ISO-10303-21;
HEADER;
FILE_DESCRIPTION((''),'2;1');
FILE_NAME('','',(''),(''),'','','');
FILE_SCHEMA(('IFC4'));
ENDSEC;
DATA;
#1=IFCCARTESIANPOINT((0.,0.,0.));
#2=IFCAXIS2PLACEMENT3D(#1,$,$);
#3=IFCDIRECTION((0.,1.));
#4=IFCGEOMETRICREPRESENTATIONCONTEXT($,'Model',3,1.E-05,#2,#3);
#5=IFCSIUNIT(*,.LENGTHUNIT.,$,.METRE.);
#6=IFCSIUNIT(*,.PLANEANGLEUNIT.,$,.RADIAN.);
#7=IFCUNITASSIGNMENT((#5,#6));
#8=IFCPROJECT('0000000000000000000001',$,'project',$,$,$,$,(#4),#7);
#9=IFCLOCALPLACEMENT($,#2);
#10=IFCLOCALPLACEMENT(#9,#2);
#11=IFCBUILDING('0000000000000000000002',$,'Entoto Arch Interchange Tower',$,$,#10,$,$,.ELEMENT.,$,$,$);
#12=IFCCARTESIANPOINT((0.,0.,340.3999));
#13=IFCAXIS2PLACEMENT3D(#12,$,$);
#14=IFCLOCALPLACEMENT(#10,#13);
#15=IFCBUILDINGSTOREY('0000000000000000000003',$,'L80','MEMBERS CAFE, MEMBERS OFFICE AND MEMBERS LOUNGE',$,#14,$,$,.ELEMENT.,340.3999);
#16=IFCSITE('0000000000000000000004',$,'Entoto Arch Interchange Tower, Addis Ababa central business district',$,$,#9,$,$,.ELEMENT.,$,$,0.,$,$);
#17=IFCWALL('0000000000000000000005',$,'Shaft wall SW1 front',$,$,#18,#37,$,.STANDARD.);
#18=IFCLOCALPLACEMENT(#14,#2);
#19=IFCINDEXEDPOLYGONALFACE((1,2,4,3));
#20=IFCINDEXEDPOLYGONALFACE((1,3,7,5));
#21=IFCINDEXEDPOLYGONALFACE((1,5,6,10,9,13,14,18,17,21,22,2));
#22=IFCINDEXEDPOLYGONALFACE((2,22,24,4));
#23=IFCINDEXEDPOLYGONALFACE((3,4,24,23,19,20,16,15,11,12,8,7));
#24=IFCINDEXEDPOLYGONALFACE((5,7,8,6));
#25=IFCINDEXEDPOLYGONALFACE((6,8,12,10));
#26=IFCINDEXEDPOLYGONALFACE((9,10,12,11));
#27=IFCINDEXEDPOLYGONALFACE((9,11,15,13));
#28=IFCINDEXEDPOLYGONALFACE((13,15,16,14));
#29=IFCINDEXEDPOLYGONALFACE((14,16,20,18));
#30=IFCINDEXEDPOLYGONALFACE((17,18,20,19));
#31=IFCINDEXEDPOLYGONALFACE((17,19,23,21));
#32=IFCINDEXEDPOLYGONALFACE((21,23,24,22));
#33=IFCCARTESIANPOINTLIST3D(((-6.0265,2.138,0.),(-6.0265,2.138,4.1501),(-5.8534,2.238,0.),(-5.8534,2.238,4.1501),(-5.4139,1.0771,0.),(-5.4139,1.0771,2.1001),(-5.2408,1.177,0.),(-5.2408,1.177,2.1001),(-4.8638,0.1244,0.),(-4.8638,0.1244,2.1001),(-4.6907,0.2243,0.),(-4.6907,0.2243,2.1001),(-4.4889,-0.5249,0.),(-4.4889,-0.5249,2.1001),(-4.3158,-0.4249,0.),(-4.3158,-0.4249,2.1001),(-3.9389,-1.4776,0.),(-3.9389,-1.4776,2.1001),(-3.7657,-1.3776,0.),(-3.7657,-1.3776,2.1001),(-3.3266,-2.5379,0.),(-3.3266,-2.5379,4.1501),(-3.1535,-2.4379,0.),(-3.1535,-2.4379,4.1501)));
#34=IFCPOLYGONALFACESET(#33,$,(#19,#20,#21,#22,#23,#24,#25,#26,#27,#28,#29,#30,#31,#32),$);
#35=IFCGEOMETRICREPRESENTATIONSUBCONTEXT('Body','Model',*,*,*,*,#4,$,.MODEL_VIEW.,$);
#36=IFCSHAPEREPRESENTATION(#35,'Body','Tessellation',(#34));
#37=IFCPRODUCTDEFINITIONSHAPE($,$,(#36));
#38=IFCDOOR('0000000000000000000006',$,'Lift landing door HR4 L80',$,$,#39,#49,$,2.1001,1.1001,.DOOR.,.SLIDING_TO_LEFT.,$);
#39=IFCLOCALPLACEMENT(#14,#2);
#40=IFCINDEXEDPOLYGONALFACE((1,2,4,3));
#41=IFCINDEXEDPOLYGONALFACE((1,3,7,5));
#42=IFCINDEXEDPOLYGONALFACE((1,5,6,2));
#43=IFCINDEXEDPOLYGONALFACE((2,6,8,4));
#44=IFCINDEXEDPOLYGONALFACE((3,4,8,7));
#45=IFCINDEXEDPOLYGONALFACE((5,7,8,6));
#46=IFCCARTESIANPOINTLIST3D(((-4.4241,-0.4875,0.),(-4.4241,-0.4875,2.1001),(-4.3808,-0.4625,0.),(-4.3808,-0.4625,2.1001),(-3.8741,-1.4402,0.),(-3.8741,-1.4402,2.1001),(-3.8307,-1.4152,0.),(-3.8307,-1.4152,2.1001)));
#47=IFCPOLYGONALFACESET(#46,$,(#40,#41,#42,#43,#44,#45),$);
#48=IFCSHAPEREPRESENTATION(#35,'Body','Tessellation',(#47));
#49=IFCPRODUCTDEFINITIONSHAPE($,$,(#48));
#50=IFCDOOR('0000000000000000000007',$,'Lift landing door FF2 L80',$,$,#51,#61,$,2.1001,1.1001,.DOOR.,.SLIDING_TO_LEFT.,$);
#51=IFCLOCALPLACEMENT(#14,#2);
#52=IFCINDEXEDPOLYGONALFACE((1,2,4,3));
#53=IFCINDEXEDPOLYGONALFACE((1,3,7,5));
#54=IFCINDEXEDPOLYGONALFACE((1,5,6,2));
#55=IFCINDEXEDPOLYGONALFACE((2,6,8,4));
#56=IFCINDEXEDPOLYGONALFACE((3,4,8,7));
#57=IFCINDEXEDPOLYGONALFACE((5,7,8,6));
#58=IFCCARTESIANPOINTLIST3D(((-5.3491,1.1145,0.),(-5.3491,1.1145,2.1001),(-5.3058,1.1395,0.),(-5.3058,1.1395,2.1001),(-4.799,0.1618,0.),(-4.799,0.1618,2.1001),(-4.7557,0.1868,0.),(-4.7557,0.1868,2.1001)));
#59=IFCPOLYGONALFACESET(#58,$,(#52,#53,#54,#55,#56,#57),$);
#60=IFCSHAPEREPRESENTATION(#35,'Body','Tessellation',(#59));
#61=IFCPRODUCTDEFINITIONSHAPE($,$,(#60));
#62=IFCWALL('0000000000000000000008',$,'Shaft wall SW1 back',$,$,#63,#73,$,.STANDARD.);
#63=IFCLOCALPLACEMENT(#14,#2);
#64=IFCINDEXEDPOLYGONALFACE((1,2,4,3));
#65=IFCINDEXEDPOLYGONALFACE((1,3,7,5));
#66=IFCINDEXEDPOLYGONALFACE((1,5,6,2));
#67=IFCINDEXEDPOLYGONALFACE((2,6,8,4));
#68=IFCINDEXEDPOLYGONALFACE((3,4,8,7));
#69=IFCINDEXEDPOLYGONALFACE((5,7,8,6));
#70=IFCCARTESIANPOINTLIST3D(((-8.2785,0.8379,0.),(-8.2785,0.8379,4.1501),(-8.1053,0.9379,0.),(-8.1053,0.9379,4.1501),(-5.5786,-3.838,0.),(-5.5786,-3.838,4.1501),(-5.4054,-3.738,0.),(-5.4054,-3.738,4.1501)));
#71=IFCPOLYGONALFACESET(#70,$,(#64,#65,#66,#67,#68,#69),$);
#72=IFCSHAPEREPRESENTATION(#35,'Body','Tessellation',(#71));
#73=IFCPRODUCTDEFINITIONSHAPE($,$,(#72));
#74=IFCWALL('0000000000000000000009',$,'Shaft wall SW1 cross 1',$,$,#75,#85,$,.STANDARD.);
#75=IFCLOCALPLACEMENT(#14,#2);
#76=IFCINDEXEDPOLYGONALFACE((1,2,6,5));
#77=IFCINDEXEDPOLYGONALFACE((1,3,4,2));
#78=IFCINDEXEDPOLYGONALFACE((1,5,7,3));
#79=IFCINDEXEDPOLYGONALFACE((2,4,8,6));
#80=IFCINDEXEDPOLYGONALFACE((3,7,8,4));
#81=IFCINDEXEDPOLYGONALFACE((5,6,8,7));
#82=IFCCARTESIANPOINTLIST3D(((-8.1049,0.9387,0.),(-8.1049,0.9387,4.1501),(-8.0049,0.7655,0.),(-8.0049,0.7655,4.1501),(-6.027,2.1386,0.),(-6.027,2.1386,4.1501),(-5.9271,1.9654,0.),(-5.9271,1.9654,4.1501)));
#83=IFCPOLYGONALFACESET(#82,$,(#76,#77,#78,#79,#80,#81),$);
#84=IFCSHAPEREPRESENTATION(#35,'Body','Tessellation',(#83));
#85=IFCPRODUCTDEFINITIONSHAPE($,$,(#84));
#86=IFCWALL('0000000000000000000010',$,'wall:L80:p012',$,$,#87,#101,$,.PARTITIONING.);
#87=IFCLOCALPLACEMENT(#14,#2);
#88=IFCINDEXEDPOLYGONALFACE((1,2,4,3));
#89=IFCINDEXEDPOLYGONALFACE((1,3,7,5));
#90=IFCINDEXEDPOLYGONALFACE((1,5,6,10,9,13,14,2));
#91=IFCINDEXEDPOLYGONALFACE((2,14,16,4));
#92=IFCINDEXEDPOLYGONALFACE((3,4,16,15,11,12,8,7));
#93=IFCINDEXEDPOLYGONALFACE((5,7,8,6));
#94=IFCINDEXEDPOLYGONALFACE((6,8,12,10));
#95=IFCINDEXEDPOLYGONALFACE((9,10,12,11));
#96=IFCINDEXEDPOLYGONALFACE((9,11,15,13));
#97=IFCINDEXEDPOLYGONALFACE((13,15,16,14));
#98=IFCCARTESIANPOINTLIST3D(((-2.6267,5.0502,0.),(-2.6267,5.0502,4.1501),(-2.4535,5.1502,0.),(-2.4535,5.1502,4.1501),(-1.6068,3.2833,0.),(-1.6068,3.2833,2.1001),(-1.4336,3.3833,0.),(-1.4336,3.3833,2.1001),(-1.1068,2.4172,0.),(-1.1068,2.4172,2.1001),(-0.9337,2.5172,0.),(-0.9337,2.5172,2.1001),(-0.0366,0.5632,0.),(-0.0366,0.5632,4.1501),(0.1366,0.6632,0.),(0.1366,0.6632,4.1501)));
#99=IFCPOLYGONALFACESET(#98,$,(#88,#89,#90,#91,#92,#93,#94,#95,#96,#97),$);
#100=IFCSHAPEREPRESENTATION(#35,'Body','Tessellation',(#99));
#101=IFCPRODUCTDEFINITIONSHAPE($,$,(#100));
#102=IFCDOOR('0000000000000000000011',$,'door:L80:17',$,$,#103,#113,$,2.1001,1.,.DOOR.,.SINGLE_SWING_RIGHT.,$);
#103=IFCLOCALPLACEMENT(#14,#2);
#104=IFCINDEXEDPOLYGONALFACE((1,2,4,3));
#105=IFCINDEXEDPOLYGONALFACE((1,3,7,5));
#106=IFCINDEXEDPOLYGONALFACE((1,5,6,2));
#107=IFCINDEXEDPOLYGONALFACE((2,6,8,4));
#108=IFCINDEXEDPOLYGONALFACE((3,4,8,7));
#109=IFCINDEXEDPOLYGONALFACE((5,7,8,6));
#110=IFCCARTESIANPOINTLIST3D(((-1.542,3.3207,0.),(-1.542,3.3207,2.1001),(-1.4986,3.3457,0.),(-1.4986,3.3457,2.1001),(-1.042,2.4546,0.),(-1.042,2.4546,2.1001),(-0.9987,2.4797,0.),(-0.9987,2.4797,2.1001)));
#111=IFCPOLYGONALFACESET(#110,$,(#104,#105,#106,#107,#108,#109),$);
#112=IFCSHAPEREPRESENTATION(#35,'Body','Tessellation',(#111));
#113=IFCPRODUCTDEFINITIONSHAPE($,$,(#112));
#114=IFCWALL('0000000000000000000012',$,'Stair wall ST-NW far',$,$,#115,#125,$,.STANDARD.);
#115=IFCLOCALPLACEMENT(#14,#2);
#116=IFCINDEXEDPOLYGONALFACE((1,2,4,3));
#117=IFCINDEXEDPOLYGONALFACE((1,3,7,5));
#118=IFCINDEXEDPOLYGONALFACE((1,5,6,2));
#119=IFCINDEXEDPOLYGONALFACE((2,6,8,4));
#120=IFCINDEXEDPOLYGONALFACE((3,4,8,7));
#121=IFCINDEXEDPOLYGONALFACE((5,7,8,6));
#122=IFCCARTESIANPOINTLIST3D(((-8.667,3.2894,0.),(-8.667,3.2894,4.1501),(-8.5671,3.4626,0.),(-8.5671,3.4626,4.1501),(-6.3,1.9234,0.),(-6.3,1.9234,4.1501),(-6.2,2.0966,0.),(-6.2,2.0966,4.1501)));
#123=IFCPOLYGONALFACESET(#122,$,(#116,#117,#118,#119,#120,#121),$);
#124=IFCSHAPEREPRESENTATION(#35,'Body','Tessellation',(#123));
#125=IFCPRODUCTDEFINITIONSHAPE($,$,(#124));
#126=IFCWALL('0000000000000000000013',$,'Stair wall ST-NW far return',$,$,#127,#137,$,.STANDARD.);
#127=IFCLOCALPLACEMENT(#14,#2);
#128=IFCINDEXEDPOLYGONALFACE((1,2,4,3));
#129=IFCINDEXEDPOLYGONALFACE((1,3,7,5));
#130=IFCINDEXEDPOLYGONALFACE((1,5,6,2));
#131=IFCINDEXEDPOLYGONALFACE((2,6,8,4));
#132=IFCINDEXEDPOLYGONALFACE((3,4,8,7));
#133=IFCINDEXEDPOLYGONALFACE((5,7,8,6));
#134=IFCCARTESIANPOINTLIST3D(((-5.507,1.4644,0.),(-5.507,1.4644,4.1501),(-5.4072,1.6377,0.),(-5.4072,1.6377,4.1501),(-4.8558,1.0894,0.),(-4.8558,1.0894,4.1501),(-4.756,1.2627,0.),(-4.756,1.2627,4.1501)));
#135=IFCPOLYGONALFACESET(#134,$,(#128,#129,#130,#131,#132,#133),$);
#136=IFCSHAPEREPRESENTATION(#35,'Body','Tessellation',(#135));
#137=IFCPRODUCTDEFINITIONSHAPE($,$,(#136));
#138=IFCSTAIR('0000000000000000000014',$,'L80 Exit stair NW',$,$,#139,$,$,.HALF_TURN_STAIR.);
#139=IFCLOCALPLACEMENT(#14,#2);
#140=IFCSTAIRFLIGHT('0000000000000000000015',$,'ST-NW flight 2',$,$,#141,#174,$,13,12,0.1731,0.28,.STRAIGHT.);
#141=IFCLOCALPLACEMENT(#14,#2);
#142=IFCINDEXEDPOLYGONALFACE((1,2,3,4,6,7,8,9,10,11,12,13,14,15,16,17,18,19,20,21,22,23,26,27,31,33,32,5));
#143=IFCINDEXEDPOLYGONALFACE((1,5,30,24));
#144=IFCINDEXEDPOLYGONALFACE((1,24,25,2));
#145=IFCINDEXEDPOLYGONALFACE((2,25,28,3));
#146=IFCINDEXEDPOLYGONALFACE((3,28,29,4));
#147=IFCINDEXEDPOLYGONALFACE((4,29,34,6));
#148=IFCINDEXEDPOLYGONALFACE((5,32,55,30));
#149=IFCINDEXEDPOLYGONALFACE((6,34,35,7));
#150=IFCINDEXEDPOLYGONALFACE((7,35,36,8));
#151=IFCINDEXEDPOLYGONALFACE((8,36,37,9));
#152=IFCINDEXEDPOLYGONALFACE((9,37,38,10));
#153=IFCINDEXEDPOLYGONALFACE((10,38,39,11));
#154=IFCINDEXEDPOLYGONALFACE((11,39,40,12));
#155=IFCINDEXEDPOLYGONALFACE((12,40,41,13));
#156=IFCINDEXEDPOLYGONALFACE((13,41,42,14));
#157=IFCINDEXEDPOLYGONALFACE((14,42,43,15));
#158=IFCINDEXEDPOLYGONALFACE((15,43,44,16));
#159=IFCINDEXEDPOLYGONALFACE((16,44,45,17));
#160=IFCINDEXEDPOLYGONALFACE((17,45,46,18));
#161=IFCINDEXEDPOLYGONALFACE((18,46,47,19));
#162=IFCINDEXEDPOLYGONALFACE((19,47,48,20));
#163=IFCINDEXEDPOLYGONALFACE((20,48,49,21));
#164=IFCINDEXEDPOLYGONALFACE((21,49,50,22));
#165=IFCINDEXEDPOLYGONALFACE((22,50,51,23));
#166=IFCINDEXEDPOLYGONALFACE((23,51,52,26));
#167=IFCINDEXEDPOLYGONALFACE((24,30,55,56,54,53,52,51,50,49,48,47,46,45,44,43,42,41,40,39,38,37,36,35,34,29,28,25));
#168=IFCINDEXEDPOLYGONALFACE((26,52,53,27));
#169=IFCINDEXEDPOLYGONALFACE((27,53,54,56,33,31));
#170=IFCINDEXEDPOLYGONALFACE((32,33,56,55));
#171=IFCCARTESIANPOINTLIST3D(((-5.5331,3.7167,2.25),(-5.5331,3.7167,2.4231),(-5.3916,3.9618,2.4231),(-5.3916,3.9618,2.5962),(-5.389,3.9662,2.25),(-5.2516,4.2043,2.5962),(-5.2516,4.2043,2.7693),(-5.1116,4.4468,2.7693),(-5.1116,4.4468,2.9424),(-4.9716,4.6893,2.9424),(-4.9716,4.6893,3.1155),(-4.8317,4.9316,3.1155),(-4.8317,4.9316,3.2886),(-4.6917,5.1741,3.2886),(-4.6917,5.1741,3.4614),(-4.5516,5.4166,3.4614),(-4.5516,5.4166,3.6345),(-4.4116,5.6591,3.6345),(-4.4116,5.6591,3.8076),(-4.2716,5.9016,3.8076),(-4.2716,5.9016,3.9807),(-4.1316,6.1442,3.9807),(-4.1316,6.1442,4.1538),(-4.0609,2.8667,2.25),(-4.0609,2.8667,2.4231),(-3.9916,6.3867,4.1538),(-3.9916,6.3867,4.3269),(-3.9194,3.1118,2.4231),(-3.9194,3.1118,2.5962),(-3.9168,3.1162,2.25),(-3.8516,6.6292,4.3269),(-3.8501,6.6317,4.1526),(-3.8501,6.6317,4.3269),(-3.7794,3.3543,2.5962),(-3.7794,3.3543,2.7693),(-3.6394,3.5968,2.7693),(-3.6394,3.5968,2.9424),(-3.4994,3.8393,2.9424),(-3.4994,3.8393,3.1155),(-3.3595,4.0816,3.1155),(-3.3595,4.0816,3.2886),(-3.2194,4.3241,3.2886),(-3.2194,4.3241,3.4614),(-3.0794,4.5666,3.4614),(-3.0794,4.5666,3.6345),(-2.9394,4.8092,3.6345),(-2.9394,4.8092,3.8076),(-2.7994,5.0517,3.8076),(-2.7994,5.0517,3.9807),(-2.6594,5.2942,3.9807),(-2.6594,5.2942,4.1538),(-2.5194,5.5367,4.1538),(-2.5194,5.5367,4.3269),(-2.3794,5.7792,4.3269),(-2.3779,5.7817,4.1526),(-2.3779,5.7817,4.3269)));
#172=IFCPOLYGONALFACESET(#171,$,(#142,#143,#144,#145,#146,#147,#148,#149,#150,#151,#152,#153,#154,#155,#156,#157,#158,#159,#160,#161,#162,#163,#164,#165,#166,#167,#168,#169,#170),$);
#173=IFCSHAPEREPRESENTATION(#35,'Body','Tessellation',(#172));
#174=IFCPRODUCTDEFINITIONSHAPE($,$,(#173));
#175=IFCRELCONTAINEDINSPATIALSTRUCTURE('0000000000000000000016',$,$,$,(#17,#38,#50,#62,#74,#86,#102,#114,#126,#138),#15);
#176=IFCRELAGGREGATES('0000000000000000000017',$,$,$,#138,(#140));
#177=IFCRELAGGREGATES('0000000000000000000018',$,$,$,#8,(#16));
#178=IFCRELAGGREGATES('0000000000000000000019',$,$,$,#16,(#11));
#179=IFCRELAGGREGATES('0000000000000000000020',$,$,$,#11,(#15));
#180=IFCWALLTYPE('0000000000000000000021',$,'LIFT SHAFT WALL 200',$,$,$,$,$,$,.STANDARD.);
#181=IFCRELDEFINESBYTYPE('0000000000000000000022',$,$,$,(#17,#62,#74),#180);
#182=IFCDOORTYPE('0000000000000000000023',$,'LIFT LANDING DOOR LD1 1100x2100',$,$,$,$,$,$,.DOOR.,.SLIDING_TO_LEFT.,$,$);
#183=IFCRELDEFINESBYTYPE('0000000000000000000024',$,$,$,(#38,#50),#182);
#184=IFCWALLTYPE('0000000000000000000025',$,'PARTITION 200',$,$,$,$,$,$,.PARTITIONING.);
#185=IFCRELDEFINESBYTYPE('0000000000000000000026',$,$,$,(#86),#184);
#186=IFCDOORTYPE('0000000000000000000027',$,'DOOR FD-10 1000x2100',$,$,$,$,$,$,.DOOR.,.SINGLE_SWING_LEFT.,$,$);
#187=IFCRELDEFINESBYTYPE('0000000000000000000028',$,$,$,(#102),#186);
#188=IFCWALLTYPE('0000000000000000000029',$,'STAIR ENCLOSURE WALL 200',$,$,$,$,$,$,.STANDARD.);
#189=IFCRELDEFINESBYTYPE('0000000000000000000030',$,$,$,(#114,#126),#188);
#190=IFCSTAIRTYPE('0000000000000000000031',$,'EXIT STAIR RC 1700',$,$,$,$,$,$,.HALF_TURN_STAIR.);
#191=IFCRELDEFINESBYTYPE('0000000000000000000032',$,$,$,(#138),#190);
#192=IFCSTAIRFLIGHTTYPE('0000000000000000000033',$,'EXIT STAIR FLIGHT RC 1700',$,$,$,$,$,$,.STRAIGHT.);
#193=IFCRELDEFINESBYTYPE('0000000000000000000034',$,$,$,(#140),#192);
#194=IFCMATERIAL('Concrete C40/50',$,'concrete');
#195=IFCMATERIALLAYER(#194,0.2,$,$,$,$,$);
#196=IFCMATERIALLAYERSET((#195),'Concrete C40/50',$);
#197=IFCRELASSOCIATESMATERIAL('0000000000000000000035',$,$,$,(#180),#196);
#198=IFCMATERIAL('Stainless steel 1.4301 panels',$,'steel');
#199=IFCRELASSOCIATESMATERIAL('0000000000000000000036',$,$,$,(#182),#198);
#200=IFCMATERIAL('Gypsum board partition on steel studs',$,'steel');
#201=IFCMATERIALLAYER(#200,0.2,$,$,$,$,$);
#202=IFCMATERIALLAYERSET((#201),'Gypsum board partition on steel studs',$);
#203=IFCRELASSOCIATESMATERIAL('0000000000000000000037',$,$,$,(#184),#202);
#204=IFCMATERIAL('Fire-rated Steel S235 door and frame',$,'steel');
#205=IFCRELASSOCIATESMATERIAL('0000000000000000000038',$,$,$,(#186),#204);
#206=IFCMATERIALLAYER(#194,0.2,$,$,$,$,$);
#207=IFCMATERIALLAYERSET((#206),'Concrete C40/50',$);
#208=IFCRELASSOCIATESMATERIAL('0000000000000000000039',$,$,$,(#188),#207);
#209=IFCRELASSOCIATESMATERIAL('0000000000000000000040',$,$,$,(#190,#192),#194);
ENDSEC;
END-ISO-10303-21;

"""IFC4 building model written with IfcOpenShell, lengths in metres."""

from ifc_helpers import new_model, si_unit, direction, frame, frame_2d, origin, place, context, subcontext, project, spatial, polyline, rectangle, outline, extrude, material, layer, layer_set, type_object, element, fill, aggregate, save


model = new_model("IFC4")

# Units and contexts
model_context = context("Model", 3, precision=1e-05, world=origin(), true_north=direction((0.0, 1.0)))
body_context = subcontext(model_context, "Body", "Model", "MODEL_VIEW")
ifc_project = project(units=[si_unit("LENGTHUNIT", "METRE"), si_unit("PLANEANGLEUNIT", "RADIAN")], contexts=[model_context])

# Site, building, storey
site_placement = place(None, origin())
site = spatial("IfcSite", under=ifc_project, at=site_placement, Name="Entoto Arch Interchange Tower, Addis Ababa central business district", CompositionType="ELEMENT", RefElevation=0.0)
building_placement = place(site_placement, origin())
building = spatial("IfcBuilding", under=site, at=building_placement, Name="Entoto Arch Interchange Tower", CompositionType="ELEMENT")
storey_placement = place(building_placement, frame((0.0, 0.0, 340.3999)))
storey = spatial("IfcBuildingStorey", under=building, at=storey_placement, Name="L80", Description="MEMBERS CAFE, MEMBERS OFFICE AND MEMBERS LOUNGE", CompositionType="ELEMENT", Elevation=340.3999)

# Wall, openings, doors
ifc_material_1 = material(Name="Concrete C40/50", Category="concrete")
ifc_layer_1 = layer(ifc_material_1, 0.2)
ifc_layer_set_1 = layer_set([ifc_layer_1], Name="Concrete C40/50")
wall_type_1 = type_object("IfcWallType", Name="LIFT SHAFT WALL 200", PredefinedType="STANDARD", material=ifc_layer_set_1)
wall_1_placement = place(storey_placement, frame((-5.9399, 2.188, 0.0), z_axis=(0.0, 0.0, 1.0), x_axis=(0.500034, -0.866006, 0.0)))
wall_1 = element("IfcWall", 1, at=wall_1_placement, inside=storey, type_object=wall_type_1, Name="Shaft wall SW1 front", PredefinedType="STANDARD", context=body_context, shape_type="SweptSolid", body=[
    extrude(rectangle(XDim=5.3994, YDim=0.2, at=frame_2d((2.6997, 0.0))), origin(), (0.0, 0.0, 1.0), 4.1501),
])
opening_1_placement = place(wall_1_placement, frame((3.075, 0.0, 0.0)))
opening_1 = element("IfcOpeningElement", 2, at=opening_1_placement, cuts=wall_1, PredefinedType="OPENING", context=body_context, shape_type="SweptSolid", body=[
    extrude(rectangle(XDim=1.1001, YDim=2.1001, at=frame_2d((0.55, 1.05))), frame((0.0, 0.1099, 0.0), z_axis=(0.0, -1.0, 0.0), x_axis=(1.0, 0.0, 0.0)), (0.0, 0.0, 1.0), 0.22),
])
opening_2_placement = place(wall_1_placement, frame((1.2251, 0.0, 0.0)))
opening_2 = element("IfcOpeningElement", 3, at=opening_2_placement, cuts=wall_1, PredefinedType="OPENING", context=body_context, shape_type="SweptSolid", body=[
    extrude(rectangle(XDim=1.1001, YDim=2.1001, at=frame_2d((0.55, 1.05))), frame((0.0, 0.1099, 0.0), z_axis=(0.0, -1.0, 0.0), x_axis=(1.0, 0.0, 0.0)), (0.0, 0.0, 1.0), 0.22),
])
ifc_material_2 = material(Name="Stainless steel 1.4301 panels", Category="steel")
door_type_1 = type_object("IfcDoorType", Name="LIFT LANDING DOOR LD1 1100x2100", OperationType="SLIDING_TO_LEFT", PredefinedType="DOOR", material=ifc_material_2)
door_1_placement = place(opening_1_placement, origin())
door_1 = element("IfcDoor", 4, at=door_1_placement, inside=storey, type_object=door_type_1, Name="Lift landing door HR4 L80", OperationType="SLIDING_TO_LEFT", OverallHeight=2.1001, OverallWidth=1.1001, PredefinedType="DOOR", context=body_context, shape_type="SweptSolid", body=[
    extrude(rectangle(XDim=1.1001, YDim=2.1001, at=frame_2d((0.55, 1.05))), frame((0.0, 0.0249, 0.0), z_axis=(0.0, -1.0, 0.0), x_axis=(1.0, 0.0, 0.0)), (0.0, 0.0, 1.0), 0.05),
])
fill(opening_1, door_1)
door_2_placement = place(opening_2_placement, origin())
door_2 = element("IfcDoor", 5, at=door_2_placement, inside=storey, type_object=door_type_1, Name="Lift landing door FF2 L80", OperationType="SLIDING_TO_LEFT", OverallHeight=2.1001, OverallWidth=1.1001, PredefinedType="DOOR", context=body_context, shape_type="SweptSolid", body=[
    extrude(rectangle(XDim=1.1001, YDim=2.1001, at=frame_2d((0.55, 1.05))), frame((0.0, 0.0249, 0.0), z_axis=(0.0, -1.0, 0.0), x_axis=(1.0, 0.0, 0.0)), (0.0, 0.0, 1.0), 0.05),
])
fill(opening_2, door_2)

# Walls
wall_2_placement = place(storey_placement, frame((-8.1919, 0.8879, 0.0), z_axis=(0.0, 0.0, 1.0), x_axis=(0.500034, -0.866006, 0.0)))
element("IfcWall", 6, at=wall_2_placement, inside=storey, type_object=wall_type_1, Name="Shaft wall SW1 back", PredefinedType="STANDARD", context=body_context, shape_type="SweptSolid", body=[
    extrude(rectangle(XDim=5.3994, YDim=0.2, at=frame_2d((2.6997, 0.0))), origin(), (0.0, 0.0, 1.0), 4.1501),
])
wall_3_placement = place(storey_placement, frame((-5.9771, 2.052, 0.0), z_axis=(0.0, 0.0, 1.0), x_axis=(-0.865974, -0.500089, 0.0)))
element("IfcWall", 7, at=wall_3_placement, inside=storey, type_object=wall_type_1, Name="Shaft wall SW1 cross 1", PredefinedType="STANDARD", context=body_context, shape_type="SweptSolid", body=[
    extrude(rectangle(XDim=2.3994, YDim=0.2, at=frame_2d((1.1997, 0.0))), origin(), (0.0, 0.0, 1.0), 4.1501),
])

# Wall, opening, door
ifc_material_3 = material(Name="Gypsum board partition on steel studs", Category="steel")
ifc_layer_2 = layer(ifc_material_3, 0.2)
ifc_layer_set_2 = layer_set([ifc_layer_2], Name="Gypsum board partition on steel studs")
wall_type_2 = type_object("IfcWallType", Name="PARTITION 200", PredefinedType="PARTITIONING", material=ifc_layer_set_2)
wall_4_placement = place(storey_placement, frame((-2.54, 5.1001, 0.0), z_axis=(0.0, 0.0, 1.0), x_axis=(0.499925, -0.866069, 0.0)))
wall_4 = element("IfcWall", 8, at=wall_4_placement, inside=storey, type_object=wall_type_2, Name="wall:L80:p012", PredefinedType="PARTITIONING", context=body_context, shape_type="SweptSolid", body=[
    extrude(rectangle(XDim=5.1809, YDim=0.2, at=frame_2d((2.5903, 0.0))), origin(), (0.0, 0.0, 1.0), 4.1501),
])
opening_3_placement = place(wall_4_placement, frame((2.04, 0.0, 0.0)))
opening_3 = element("IfcOpeningElement", 9, at=opening_3_placement, cuts=wall_4, PredefinedType="OPENING", context=body_context, shape_type="SweptSolid", body=[
    extrude(rectangle(XDim=1.0, YDim=2.1001, at=frame_2d((0.5, 1.05))), frame((0.0, 0.1099, 0.0), z_axis=(0.0, -1.0, 0.0), x_axis=(1.0, 0.0, 0.0)), (0.0, 0.0, 1.0), 0.22),
])
ifc_material_4 = material(Name="Fire-rated Steel S235 door and frame", Category="steel")
door_type_2 = type_object("IfcDoorType", Name="DOOR FD-10 1000x2100", OperationType="SINGLE_SWING_LEFT", PredefinedType="DOOR", material=ifc_material_4)
door_3_placement = place(opening_3_placement, origin())
door_3 = element("IfcDoor", 10, at=door_3_placement, inside=storey, type_object=door_type_2, Name="door:L80:17", OperationType="SINGLE_SWING_RIGHT", OverallHeight=2.1001, OverallWidth=1.0, PredefinedType="DOOR", context=body_context, shape_type="SweptSolid", body=[
    extrude(rectangle(XDim=1.0, YDim=2.1001, at=frame_2d((0.5, 1.05))), frame((0.0, 0.0249, 0.0), z_axis=(0.0, -1.0, 0.0), x_axis=(1.0, 0.0, 0.0)), (0.0, 0.0, 1.0), 0.05),
])
fill(opening_3, door_3)

# Walls
ifc_layer_3 = layer(ifc_material_1, 0.2)
ifc_layer_set_3 = layer_set([ifc_layer_3], Name="Concrete C40/50")
wall_type_3 = type_object("IfcWallType", Name="STAIR ENCLOSURE WALL 200", PredefinedType="STANDARD", material=ifc_layer_set_3)
wall_5_placement = place(storey_placement, frame((-6.25, 2.01, 0.0), z_axis=(0.0, 0.0, 1.0), x_axis=(-0.866119, 0.499838, 0.0)))
element("IfcWall", 11, at=wall_5_placement, inside=storey, type_object=wall_type_3, Name="Stair wall ST-NW far", PredefinedType="STANDARD", context=body_context, shape_type="SweptSolid", body=[
    extrude(rectangle(XDim=2.7329, YDim=0.2, at=frame_2d((1.3665, 0.0))), origin(), (0.0, 0.0, 1.0), 4.1501),
])
wall_6_placement = place(storey_placement, frame((-4.8059, 1.176, 0.0), z_axis=(0.0, 0.0, 1.0), x_axis=(-0.866559, 0.499075, 0.0)))
element("IfcWall", 12, at=wall_6_placement, inside=storey, type_object=wall_type_3, Name="Stair wall ST-NW far return", PredefinedType="STANDARD", context=body_context, shape_type="SweptSolid", body=[
    extrude(rectangle(XDim=0.7515, YDim=0.2, at=frame_2d((0.3757, 0.0))), origin(), (0.0, 0.0, 1.0), 4.1501),
])

# Stair, stair flight
stair_type = type_object("IfcStairType", Name="EXIT STAIR RC 1700", PredefinedType="HALF_TURN_STAIR", material=ifc_material_1)
stair_placement = place(storey_placement, origin())
stair = element("IfcStair", 13, at=stair_placement, inside=storey, type_object=stair_type, Name="L80 Exit stair NW", PredefinedType="HALF_TURN_STAIR")
stair_flight_type = type_object("IfcStairFlightType", Name="EXIT STAIR FLIGHT RC 1700", PredefinedType="STRAIGHT", material=ifc_material_1)
stair_flight_placement = place(storey_placement, frame((-4.7954, 3.2942, 2.25), z_axis=(0.0, 0.0, 1.0), x_axis=(0.5, 0.866025, 0.0)))
stair_flight = element("IfcStairFlight", 14, at=stair_flight_placement, type_object=stair_flight_type, Name="ST-NW flight 2", NumberOfRisers=13, NumberOfTreads=12, PredefinedType="STRAIGHT", RiserHeight=0.1731, TreadLength=0.28, context=body_context, shape_type="SweptSolid", body=[
    extrude(outline(polyline([(-0.0029, 0.0), (-0.0029, 0.1731), (0.28, 0.1731), (0.28, 0.3462), (0.5601, 0.3462), (0.5601, 0.5193), (0.8401, 0.5193), (0.8401, 0.6924), (1.1201, 0.6924), (1.1201, 0.8655), (1.3999, 0.8655), (1.3999, 1.0386), (1.6799, 1.0386), (1.6799, 1.2114), (1.96, 1.2114), (1.96, 1.3845), (2.24, 1.3845), (2.24, 1.5576), (2.52, 1.5576), (2.52, 1.7307), (2.8, 1.7307), (2.8, 1.9038), (3.0801, 1.9038), (3.0801, 2.0769), (3.3601, 2.0769), (3.363, 2.0769), (3.363, 1.9026), (0.2852, 0.0), (-0.0029, 0.0)])), frame((0.0, 0.8501, 0.0), z_axis=(0.0, -1.0, 0.0), x_axis=(1.0, 0.0, 0.0)), (0.0, 0.0, 1.0), 1.7),
])
aggregate(stair, [stair_flight])

save(model, "model.ifc")
